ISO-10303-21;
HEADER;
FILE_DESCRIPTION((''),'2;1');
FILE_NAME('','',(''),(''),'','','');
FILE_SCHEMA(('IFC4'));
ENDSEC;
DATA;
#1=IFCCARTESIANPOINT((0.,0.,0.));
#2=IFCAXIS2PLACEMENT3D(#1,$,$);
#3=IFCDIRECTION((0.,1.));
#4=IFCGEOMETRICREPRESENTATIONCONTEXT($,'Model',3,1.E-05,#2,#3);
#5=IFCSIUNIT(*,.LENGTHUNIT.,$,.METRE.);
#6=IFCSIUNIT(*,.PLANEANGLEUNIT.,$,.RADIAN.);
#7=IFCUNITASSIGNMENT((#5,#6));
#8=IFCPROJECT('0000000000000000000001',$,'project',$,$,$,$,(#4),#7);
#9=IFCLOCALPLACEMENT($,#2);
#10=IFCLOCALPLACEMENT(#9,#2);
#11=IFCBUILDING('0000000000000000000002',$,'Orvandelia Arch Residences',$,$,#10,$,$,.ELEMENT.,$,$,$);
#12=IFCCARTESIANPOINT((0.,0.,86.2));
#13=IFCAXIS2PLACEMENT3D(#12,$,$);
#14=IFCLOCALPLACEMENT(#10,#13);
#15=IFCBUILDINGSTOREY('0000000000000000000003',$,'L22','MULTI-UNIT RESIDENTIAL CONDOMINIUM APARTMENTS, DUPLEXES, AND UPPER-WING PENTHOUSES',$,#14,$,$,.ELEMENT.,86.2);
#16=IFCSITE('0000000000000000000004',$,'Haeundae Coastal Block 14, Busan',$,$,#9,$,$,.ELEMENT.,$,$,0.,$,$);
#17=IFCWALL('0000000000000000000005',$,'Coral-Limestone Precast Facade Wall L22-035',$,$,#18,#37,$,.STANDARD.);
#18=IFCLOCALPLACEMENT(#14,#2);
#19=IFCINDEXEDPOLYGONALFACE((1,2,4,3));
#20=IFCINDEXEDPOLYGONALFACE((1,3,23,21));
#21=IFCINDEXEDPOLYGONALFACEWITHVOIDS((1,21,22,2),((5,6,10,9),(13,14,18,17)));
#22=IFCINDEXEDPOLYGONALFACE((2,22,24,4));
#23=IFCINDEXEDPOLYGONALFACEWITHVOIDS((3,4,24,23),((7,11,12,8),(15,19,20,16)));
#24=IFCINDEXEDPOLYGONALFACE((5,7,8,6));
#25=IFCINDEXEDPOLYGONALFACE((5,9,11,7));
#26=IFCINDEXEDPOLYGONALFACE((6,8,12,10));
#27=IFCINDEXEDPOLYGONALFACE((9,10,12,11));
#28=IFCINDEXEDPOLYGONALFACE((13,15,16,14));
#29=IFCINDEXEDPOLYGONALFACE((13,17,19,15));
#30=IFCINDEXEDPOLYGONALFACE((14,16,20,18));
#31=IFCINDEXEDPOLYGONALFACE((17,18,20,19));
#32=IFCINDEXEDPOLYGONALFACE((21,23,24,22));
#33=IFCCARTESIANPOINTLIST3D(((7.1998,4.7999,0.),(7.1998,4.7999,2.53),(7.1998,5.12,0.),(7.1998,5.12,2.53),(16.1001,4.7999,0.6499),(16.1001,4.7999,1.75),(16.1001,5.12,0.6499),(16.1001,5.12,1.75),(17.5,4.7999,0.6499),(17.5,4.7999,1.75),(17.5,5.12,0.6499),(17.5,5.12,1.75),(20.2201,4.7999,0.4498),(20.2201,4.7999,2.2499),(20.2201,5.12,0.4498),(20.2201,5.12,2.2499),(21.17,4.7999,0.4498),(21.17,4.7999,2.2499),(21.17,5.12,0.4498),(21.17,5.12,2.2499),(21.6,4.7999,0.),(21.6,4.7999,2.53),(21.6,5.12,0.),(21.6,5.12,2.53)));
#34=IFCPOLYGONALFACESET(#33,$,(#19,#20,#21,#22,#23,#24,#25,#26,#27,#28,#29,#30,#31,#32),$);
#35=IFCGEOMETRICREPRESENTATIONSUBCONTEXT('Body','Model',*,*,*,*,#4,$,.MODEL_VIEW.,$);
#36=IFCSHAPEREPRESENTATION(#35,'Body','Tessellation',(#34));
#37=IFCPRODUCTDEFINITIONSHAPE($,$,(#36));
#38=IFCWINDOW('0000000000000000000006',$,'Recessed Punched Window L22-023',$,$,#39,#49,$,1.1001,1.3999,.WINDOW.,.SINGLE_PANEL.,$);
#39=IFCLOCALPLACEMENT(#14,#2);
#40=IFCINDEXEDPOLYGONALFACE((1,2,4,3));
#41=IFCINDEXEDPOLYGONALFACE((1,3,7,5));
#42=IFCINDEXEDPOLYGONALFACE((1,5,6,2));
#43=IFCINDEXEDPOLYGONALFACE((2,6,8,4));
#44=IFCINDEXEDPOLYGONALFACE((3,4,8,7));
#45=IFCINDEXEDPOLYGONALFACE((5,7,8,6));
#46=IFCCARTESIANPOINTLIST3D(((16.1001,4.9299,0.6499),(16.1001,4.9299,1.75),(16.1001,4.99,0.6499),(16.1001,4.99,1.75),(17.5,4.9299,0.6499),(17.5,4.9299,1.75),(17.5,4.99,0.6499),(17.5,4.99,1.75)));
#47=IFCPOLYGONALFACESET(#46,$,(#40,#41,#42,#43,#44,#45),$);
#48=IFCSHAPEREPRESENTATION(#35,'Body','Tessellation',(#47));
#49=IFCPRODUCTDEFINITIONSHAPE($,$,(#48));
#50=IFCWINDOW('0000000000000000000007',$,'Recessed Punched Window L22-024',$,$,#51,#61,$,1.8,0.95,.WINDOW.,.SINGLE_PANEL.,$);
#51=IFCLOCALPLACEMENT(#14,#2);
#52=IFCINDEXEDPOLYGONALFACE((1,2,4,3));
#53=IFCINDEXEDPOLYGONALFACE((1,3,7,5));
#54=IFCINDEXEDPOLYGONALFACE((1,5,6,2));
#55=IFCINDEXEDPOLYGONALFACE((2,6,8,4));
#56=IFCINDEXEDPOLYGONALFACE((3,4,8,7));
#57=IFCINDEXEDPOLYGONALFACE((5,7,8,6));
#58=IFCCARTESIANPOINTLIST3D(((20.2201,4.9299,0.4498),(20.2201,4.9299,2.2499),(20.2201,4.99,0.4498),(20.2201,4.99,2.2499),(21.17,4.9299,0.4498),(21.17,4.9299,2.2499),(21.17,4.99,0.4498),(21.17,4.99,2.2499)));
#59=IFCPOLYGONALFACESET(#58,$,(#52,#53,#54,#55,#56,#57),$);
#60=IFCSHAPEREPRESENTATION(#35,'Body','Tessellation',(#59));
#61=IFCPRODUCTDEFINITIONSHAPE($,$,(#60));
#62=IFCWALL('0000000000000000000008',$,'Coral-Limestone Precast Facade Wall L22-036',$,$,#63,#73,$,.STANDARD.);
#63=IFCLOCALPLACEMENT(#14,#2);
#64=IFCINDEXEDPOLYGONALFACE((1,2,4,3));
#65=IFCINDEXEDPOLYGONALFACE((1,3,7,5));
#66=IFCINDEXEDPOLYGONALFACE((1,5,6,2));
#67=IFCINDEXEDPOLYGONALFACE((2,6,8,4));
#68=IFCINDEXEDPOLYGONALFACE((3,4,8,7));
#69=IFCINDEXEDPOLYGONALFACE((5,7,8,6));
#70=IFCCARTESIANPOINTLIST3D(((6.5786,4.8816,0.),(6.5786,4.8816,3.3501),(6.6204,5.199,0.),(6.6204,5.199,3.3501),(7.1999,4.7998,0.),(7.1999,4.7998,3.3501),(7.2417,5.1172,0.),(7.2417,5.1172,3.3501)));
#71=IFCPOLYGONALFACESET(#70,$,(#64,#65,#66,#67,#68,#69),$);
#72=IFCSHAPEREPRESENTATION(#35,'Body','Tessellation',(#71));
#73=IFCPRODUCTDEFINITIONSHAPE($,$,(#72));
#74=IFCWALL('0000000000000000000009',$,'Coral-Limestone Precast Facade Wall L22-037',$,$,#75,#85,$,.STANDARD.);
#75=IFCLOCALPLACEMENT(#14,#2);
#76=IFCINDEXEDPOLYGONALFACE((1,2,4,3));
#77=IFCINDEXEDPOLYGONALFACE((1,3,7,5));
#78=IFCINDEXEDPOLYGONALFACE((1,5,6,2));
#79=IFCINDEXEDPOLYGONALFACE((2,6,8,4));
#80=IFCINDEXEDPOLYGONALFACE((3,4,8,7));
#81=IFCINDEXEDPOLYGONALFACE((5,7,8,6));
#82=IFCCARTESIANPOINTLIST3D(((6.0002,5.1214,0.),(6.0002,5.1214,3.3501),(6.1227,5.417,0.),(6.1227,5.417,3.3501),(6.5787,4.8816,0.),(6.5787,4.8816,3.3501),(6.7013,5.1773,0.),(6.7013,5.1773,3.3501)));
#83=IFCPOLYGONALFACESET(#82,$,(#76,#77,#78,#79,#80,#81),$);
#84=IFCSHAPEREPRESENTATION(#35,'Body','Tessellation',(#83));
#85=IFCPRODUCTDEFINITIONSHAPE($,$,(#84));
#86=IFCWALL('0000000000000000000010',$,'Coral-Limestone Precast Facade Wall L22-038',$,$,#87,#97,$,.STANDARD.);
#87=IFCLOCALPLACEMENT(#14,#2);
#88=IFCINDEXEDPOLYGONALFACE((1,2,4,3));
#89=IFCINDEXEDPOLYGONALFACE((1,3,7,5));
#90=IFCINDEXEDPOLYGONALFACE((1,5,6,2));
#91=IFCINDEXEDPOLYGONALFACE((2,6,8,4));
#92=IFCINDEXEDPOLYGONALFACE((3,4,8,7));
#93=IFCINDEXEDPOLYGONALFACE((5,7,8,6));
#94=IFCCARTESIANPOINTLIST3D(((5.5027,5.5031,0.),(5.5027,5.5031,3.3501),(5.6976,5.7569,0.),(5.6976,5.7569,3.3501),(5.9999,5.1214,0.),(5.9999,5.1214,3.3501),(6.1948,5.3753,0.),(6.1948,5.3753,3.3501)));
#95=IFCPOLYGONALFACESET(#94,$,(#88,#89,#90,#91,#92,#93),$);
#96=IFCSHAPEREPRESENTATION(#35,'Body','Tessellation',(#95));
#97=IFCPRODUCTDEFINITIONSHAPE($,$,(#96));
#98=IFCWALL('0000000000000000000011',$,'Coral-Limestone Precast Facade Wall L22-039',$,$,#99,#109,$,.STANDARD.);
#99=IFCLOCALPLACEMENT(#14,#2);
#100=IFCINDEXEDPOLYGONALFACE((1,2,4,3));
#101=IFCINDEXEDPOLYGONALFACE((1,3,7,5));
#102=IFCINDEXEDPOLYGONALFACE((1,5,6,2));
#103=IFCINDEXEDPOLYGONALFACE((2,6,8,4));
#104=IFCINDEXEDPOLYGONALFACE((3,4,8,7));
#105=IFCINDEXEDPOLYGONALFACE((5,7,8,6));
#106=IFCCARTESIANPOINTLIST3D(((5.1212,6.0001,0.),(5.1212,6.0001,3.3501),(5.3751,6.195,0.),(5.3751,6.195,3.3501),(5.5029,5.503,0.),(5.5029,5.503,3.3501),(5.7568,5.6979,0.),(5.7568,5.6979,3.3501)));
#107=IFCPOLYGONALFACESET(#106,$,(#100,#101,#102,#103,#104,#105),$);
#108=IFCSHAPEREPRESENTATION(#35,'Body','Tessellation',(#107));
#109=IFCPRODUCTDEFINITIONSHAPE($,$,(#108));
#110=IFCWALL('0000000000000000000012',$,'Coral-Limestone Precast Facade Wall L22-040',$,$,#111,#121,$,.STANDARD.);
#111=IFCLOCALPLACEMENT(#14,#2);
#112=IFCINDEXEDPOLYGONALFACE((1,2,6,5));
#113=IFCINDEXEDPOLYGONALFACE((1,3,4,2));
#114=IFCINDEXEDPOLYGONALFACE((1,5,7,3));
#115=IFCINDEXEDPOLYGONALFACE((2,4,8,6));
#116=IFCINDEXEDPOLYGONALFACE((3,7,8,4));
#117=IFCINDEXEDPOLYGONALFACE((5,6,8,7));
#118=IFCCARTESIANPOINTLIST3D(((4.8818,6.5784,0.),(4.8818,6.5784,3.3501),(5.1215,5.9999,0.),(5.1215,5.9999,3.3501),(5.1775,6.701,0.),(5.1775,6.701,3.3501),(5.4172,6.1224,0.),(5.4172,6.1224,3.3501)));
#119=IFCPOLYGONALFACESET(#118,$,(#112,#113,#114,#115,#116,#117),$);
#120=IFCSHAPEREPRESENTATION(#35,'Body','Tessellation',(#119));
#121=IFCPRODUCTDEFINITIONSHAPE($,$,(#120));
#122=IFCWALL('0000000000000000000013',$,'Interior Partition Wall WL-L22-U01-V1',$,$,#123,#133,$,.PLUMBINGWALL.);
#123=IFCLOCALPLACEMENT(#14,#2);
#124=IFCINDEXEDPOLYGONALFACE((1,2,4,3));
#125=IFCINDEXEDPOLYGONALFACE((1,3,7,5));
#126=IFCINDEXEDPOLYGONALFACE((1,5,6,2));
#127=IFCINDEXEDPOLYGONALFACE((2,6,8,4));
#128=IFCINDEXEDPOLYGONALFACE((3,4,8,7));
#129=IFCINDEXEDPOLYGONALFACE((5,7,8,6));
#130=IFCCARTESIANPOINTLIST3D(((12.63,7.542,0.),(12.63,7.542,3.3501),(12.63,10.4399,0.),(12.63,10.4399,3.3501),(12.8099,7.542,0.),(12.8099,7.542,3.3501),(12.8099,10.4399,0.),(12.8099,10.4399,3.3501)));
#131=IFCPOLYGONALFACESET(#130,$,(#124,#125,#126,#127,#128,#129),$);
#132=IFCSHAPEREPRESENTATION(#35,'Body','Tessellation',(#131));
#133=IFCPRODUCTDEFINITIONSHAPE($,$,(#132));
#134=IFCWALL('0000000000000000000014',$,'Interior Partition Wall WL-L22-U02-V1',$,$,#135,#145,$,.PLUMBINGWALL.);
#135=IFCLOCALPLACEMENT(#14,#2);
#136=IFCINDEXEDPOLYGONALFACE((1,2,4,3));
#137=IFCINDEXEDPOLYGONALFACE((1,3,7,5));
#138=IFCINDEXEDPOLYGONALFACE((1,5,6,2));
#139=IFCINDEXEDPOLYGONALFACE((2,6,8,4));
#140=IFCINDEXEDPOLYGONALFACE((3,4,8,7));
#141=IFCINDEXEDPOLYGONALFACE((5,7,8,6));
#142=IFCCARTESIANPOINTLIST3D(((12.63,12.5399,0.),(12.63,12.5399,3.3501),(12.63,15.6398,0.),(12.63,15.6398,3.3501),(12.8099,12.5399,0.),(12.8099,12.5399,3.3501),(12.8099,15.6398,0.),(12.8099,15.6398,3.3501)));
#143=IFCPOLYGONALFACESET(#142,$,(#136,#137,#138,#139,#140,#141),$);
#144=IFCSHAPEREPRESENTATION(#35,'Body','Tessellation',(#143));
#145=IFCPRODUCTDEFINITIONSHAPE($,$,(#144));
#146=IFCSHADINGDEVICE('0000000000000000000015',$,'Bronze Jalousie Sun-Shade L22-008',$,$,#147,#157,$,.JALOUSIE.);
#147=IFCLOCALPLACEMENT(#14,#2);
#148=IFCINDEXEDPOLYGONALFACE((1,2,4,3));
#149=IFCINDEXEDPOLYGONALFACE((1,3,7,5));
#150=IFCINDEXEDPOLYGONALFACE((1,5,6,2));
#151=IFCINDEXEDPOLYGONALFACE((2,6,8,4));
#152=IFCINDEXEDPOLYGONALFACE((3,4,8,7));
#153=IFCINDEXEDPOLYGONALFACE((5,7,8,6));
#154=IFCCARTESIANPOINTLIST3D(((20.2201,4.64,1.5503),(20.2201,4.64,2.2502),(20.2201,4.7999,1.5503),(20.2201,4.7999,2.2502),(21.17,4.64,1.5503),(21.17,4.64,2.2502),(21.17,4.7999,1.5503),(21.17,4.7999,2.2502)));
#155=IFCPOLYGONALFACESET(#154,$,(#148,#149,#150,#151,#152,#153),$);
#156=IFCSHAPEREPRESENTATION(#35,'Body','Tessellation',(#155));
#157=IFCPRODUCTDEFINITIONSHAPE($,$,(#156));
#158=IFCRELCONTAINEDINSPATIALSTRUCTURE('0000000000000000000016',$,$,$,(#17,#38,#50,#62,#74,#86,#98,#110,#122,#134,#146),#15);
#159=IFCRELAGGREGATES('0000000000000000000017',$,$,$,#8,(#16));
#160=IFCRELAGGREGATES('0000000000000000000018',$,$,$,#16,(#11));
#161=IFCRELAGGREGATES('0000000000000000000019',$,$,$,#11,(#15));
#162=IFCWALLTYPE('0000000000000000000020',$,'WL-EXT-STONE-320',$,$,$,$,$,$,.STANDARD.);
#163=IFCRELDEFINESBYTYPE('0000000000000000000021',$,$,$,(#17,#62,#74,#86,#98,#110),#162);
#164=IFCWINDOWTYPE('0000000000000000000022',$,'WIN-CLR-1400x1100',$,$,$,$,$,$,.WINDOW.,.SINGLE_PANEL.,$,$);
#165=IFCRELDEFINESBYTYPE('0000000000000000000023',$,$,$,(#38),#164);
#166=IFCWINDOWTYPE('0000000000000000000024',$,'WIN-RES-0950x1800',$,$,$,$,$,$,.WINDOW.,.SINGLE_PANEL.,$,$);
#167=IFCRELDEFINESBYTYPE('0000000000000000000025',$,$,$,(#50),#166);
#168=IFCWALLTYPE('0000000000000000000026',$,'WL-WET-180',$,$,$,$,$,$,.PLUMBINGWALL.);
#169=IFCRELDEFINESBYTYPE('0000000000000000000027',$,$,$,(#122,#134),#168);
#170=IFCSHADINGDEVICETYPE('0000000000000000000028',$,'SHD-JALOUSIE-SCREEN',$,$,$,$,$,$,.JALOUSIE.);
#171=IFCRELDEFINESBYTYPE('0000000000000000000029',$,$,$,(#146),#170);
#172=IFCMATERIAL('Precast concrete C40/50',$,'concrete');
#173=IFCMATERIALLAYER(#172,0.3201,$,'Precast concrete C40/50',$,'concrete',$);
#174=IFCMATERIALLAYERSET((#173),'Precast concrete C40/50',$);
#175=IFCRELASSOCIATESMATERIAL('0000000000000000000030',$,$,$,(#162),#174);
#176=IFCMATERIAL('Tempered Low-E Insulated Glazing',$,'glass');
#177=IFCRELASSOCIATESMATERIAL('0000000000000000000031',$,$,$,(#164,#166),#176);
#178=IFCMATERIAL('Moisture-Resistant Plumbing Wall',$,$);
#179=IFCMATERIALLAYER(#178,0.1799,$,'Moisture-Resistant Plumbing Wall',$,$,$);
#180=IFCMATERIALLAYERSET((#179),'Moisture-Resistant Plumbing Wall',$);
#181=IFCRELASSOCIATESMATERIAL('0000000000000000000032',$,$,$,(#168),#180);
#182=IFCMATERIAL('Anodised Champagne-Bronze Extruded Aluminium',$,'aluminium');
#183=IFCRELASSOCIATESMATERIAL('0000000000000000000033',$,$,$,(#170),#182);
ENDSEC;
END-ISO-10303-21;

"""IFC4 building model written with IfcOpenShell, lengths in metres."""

from ifc_helpers import new_model, si_unit, direction, frame, frame_2d, origin, origin_2d, place, context, subcontext, project, spatial, rectangle, extrude, material, layer, layer_set, type_object, element, fill, save


model = new_model("IFC4")

# Units and contexts
model_context = context("Model", 3, precision=1e-05, world=origin(), true_north=direction((0.0, 1.0)))
body_context = subcontext(model_context, "Body", "Model", "MODEL_VIEW")
ifc_project = project(units=[si_unit("LENGTHUNIT", "METRE"), si_unit("PLANEANGLEUNIT", "RADIAN")], contexts=[model_context])

# Site, building, storey
site_placement = place(None, origin())
site = spatial("IfcSite", under=ifc_project, at=site_placement, Name="Haeundae Coastal Block 14, Busan", CompositionType="ELEMENT", RefElevation=0.0)
building_placement = place(site_placement, origin())
building = spatial("IfcBuilding", under=site, at=building_placement, Name="Orvandelia Arch Residences", CompositionType="ELEMENT")
storey_placement = place(building_placement, frame((0.0, 0.0, 86.2)))
storey = spatial("IfcBuildingStorey", under=building, at=storey_placement, Name="L22", Description="MULTI-UNIT RESIDENTIAL CONDOMINIUM APARTMENTS, DUPLEXES, AND UPPER-WING PENTHOUSES", CompositionType="ELEMENT", Elevation=86.2)

# Shared definitions
ifc_material_1 = material(Name="Precast concrete C40/50", Category="concrete")
ifc_layer_1 = layer(ifc_material_1, 0.3201, Name="Precast concrete C40/50", Category="concrete")
ifc_layer_set_1 = layer_set([ifc_layer_1], Name="Precast concrete C40/50")
wall_type_1 = type_object("IfcWallType", Name="WL-EXT-STONE-320", PredefinedType="STANDARD", material=ifc_layer_set_1)

# Wall, openings, windows
wall_1_placement = place(storey_placement, frame((21.6001, 4.96, 0.0), z_axis=(0.0, 0.0, 1.0), x_axis=(-1.0, 0.0, 0.0)))
wall_1 = element("IfcWall", 1, at=wall_1_placement, inside=storey, type_object=wall_type_1, Name="Coral-Limestone Precast Facade Wall L22-035", PredefinedType="STANDARD", context=body_context, shape_type="SweptSolid", body=[
    extrude(rectangle(XDim=14.4001, YDim=0.3201, at=frame_2d((7.2002, 0.0))), origin(), (0.0, 0.0, 1.0), 2.53),
])
opening_1_placement = place(wall_1_placement, frame((4.1001, 0.0, 0.6499)))
opening_1 = element("IfcOpeningElement", 2, at=opening_1_placement, cuts=wall_1, PredefinedType="OPENING", context=body_context, shape_type="SweptSolid", body=[
    extrude(rectangle(XDim=1.3999, YDim=1.1001, at=frame_2d((0.7, 0.55))), frame((0.0, 0.1699, 0.0), z_axis=(0.0, -1.0, 0.0), x_axis=(1.0, 0.0, 0.0)), (0.0, 0.0, 1.0), 0.3401),
])
opening_2_placement = place(wall_1_placement, frame((0.4299, 0.0, 0.45)))
opening_2 = element("IfcOpeningElement", 3, at=opening_2_placement, cuts=wall_1, PredefinedType="OPENING", context=body_context, shape_type="SweptSolid", body=[
    extrude(rectangle(XDim=0.95, YDim=1.8, at=frame_2d((0.4751, 0.8999))), frame((0.0, 0.1699, 0.0), z_axis=(0.0, -1.0, 0.0), x_axis=(1.0, 0.0, 0.0)), (0.0, 0.0, 1.0), 0.3401),
])
ifc_material_2 = material(Name="Tempered Low-E Insulated Glazing", Category="glass")
window_type_1 = type_object("IfcWindowType", Name="WIN-CLR-1400x1100", PartitioningType="SINGLE_PANEL", PredefinedType="WINDOW", material=ifc_material_2)
window_1_placement = place(opening_1_placement, origin())
window_1 = element("IfcWindow", 4, at=window_1_placement, inside=storey, type_object=window_type_1, Name="Recessed Punched Window L22-023", OverallHeight=1.1001, OverallWidth=1.3999, PartitioningType="SINGLE_PANEL", PredefinedType="WINDOW", context=body_context, shape_type="SweptSolid", body=[
    extrude(rectangle(XDim=1.3999, YDim=1.1001, at=frame_2d((0.7, 0.55))), frame((0.0, 0.03, 0.0), z_axis=(0.0, -1.0, 0.0), x_axis=(1.0, 0.0, 0.0)), (0.0, 0.0, 1.0), 0.0601),
])
fill(opening_1, window_1)
window_type_2 = type_object("IfcWindowType", Name="WIN-RES-0950x1800", PartitioningType="SINGLE_PANEL", PredefinedType="WINDOW", material=ifc_material_2)
window_2_placement = place(opening_2_placement, origin())
window_2 = element("IfcWindow", 5, at=window_2_placement, inside=storey, type_object=window_type_2, Name="Recessed Punched Window L22-024", OverallHeight=1.8, OverallWidth=0.95, PartitioningType="SINGLE_PANEL", PredefinedType="WINDOW", context=body_context, shape_type="SweptSolid", body=[
    extrude(rectangle(XDim=0.95, YDim=1.8, at=frame_2d((0.4751, 0.8999))), frame((0.0, 0.03, 0.0), z_axis=(0.0, -1.0, 0.0), x_axis=(1.0, 0.0, 0.0)), (0.0, 0.0, 1.0), 0.0601),
])
fill(opening_2, window_2)

# Walls
wall_2_placement = place(storey_placement, frame((7.2209, 4.9585, 0.0), z_axis=(0.0, 0.0, 1.0), x_axis=(-0.991448, 0.130505, 0.0)))
element("IfcWall", 6, at=wall_2_placement, inside=storey, type_object=wall_type_1, Name="Coral-Limestone Precast Facade Wall L22-036", PredefinedType="STANDARD", context=body_context, shape_type="SweptSolid", body=[
    extrude(rectangle(XDim=0.6267, YDim=0.3201, at=frame_2d((0.3135, 0.0))), origin(), (0.0, 0.0, 1.0), 3.3501),
])
wall_3_placement = place(storey_placement, frame((6.6399, 5.0295, 0.0), z_axis=(0.0, 0.0, 1.0), x_axis=(-0.923836, 0.382788, 0.0)))
element("IfcWall", 7, at=wall_3_placement, inside=storey, type_object=wall_type_1, Name="Coral-Limestone Precast Facade Wall L22-037", PredefinedType="STANDARD", context=body_context, shape_type="SweptSolid", body=[
    extrude(rectangle(XDim=0.6262, YDim=0.3201, at=frame_2d((0.313, 0.0))), origin(), (0.0, 0.0, 1.0), 3.3501),
])
for number, where, z_axis, x_axis, name in (
    (8, (6.0974, 5.2483, 0.0), (0.0, 0.0, 1.0), (-0.793217, 0.608939, 0.0), "Coral-Limestone Precast Facade Wall L22-038"),
    (9, (5.6299, 5.6003, 0.0), (0.0, 0.0, 1.0), (-0.608939, 0.793217, 0.0), "Coral-Limestone Precast Facade Wall L22-039"),
):
    element("IfcWall", number, at=place(storey_placement, frame(where, z_axis=z_axis, x_axis=x_axis)), inside=storey, type_object=wall_type_1, Name=name, PredefinedType="STANDARD", context=body_context, shape_type="SweptSolid", body=[
        extrude(rectangle(XDim=0.6267, YDim=0.3201, at=frame_2d((0.3135, 0.0))), origin(), (0.0, 0.0, 1.0), 3.3501),
    ])
wall_4_placement = place(storey_placement, frame((5.2693, 6.0613, 0.0), z_axis=(0.0, 0.0, 1.0), x_axis=(-0.382788, 0.923836, 0.0)))
element("IfcWall", 10, at=wall_4_placement, inside=storey, type_object=wall_type_1, Name="Coral-Limestone Precast Facade Wall L22-040", PredefinedType="STANDARD", context=body_context, shape_type="SweptSolid", body=[
    extrude(rectangle(XDim=0.6262, YDim=0.3201, at=frame_2d((0.313, 0.0))), origin(), (0.0, 0.0, 1.0), 3.3501),
])
ifc_material_3 = material(Name="Moisture-Resistant Plumbing Wall")
ifc_layer_2 = layer(ifc_material_3, 0.1799, Name="Moisture-Resistant Plumbing Wall")
ifc_layer_set_2 = layer_set([ifc_layer_2], Name="Moisture-Resistant Plumbing Wall")
wall_type_2 = type_object("IfcWallType", Name="WL-WET-180", PredefinedType="PLUMBINGWALL", material=ifc_layer_set_2)
wall_5_placement = place(storey_placement, frame((12.72, 7.542, 0.0), z_axis=(0.0, 0.0, 1.0), x_axis=(0.0, 1.0, 0.0)))
element("IfcWall", 11, at=wall_5_placement, inside=storey, type_object=wall_type_2, Name="Interior Partition Wall WL-L22-U01-V1", PredefinedType="PLUMBINGWALL", context=body_context, shape_type="SweptSolid", body=[
    extrude(rectangle(XDim=2.8979, YDim=0.1799, at=frame_2d((1.449, 0.0))), origin(), (0.0, 0.0, 1.0), 3.3501),
])
wall_6_placement = place(storey_placement, frame((12.72, 12.54, 0.0), z_axis=(0.0, 0.0, 1.0), x_axis=(0.0, 1.0, 0.0)))
element("IfcWall", 12, at=wall_6_placement, inside=storey, type_object=wall_type_2, Name="Interior Partition Wall WL-L22-U02-V1", PredefinedType="PLUMBINGWALL", context=body_context, shape_type="SweptSolid", body=[
    extrude(rectangle(XDim=3.0999, YDim=0.1799, at=frame_2d((1.5498, 0.0))), origin(), (0.0, 0.0, 1.0), 3.3501),
])

# Shading device
ifc_material_4 = material(Name="Anodised Champagne-Bronze Extruded Aluminium", Category="aluminium")
shading_device_type = type_object("IfcShadingDeviceType", Name="SHD-JALOUSIE-SCREEN", PredefinedType="JALOUSIE", material=ifc_material_4)
shading_device_placement = place(storey_placement, frame((20.6951, 4.72, 1.5503), z_axis=(0.0, 0.0, 1.0), x_axis=(-1.0, 0.0, 0.0)))
element("IfcShadingDevice", 13, at=shading_device_placement, inside=storey, type_object=shading_device_type, Name="Bronze Jalousie Sun-Shade L22-008", PredefinedType="JALOUSIE", context=body_context, shape_type="SweptSolid", body=[
    extrude(rectangle(XDim=0.95, YDim=0.1599, at=origin_2d()), origin(), (0.0, 0.0, 1.0), 0.7),
])

save(model, "model.ifc")
